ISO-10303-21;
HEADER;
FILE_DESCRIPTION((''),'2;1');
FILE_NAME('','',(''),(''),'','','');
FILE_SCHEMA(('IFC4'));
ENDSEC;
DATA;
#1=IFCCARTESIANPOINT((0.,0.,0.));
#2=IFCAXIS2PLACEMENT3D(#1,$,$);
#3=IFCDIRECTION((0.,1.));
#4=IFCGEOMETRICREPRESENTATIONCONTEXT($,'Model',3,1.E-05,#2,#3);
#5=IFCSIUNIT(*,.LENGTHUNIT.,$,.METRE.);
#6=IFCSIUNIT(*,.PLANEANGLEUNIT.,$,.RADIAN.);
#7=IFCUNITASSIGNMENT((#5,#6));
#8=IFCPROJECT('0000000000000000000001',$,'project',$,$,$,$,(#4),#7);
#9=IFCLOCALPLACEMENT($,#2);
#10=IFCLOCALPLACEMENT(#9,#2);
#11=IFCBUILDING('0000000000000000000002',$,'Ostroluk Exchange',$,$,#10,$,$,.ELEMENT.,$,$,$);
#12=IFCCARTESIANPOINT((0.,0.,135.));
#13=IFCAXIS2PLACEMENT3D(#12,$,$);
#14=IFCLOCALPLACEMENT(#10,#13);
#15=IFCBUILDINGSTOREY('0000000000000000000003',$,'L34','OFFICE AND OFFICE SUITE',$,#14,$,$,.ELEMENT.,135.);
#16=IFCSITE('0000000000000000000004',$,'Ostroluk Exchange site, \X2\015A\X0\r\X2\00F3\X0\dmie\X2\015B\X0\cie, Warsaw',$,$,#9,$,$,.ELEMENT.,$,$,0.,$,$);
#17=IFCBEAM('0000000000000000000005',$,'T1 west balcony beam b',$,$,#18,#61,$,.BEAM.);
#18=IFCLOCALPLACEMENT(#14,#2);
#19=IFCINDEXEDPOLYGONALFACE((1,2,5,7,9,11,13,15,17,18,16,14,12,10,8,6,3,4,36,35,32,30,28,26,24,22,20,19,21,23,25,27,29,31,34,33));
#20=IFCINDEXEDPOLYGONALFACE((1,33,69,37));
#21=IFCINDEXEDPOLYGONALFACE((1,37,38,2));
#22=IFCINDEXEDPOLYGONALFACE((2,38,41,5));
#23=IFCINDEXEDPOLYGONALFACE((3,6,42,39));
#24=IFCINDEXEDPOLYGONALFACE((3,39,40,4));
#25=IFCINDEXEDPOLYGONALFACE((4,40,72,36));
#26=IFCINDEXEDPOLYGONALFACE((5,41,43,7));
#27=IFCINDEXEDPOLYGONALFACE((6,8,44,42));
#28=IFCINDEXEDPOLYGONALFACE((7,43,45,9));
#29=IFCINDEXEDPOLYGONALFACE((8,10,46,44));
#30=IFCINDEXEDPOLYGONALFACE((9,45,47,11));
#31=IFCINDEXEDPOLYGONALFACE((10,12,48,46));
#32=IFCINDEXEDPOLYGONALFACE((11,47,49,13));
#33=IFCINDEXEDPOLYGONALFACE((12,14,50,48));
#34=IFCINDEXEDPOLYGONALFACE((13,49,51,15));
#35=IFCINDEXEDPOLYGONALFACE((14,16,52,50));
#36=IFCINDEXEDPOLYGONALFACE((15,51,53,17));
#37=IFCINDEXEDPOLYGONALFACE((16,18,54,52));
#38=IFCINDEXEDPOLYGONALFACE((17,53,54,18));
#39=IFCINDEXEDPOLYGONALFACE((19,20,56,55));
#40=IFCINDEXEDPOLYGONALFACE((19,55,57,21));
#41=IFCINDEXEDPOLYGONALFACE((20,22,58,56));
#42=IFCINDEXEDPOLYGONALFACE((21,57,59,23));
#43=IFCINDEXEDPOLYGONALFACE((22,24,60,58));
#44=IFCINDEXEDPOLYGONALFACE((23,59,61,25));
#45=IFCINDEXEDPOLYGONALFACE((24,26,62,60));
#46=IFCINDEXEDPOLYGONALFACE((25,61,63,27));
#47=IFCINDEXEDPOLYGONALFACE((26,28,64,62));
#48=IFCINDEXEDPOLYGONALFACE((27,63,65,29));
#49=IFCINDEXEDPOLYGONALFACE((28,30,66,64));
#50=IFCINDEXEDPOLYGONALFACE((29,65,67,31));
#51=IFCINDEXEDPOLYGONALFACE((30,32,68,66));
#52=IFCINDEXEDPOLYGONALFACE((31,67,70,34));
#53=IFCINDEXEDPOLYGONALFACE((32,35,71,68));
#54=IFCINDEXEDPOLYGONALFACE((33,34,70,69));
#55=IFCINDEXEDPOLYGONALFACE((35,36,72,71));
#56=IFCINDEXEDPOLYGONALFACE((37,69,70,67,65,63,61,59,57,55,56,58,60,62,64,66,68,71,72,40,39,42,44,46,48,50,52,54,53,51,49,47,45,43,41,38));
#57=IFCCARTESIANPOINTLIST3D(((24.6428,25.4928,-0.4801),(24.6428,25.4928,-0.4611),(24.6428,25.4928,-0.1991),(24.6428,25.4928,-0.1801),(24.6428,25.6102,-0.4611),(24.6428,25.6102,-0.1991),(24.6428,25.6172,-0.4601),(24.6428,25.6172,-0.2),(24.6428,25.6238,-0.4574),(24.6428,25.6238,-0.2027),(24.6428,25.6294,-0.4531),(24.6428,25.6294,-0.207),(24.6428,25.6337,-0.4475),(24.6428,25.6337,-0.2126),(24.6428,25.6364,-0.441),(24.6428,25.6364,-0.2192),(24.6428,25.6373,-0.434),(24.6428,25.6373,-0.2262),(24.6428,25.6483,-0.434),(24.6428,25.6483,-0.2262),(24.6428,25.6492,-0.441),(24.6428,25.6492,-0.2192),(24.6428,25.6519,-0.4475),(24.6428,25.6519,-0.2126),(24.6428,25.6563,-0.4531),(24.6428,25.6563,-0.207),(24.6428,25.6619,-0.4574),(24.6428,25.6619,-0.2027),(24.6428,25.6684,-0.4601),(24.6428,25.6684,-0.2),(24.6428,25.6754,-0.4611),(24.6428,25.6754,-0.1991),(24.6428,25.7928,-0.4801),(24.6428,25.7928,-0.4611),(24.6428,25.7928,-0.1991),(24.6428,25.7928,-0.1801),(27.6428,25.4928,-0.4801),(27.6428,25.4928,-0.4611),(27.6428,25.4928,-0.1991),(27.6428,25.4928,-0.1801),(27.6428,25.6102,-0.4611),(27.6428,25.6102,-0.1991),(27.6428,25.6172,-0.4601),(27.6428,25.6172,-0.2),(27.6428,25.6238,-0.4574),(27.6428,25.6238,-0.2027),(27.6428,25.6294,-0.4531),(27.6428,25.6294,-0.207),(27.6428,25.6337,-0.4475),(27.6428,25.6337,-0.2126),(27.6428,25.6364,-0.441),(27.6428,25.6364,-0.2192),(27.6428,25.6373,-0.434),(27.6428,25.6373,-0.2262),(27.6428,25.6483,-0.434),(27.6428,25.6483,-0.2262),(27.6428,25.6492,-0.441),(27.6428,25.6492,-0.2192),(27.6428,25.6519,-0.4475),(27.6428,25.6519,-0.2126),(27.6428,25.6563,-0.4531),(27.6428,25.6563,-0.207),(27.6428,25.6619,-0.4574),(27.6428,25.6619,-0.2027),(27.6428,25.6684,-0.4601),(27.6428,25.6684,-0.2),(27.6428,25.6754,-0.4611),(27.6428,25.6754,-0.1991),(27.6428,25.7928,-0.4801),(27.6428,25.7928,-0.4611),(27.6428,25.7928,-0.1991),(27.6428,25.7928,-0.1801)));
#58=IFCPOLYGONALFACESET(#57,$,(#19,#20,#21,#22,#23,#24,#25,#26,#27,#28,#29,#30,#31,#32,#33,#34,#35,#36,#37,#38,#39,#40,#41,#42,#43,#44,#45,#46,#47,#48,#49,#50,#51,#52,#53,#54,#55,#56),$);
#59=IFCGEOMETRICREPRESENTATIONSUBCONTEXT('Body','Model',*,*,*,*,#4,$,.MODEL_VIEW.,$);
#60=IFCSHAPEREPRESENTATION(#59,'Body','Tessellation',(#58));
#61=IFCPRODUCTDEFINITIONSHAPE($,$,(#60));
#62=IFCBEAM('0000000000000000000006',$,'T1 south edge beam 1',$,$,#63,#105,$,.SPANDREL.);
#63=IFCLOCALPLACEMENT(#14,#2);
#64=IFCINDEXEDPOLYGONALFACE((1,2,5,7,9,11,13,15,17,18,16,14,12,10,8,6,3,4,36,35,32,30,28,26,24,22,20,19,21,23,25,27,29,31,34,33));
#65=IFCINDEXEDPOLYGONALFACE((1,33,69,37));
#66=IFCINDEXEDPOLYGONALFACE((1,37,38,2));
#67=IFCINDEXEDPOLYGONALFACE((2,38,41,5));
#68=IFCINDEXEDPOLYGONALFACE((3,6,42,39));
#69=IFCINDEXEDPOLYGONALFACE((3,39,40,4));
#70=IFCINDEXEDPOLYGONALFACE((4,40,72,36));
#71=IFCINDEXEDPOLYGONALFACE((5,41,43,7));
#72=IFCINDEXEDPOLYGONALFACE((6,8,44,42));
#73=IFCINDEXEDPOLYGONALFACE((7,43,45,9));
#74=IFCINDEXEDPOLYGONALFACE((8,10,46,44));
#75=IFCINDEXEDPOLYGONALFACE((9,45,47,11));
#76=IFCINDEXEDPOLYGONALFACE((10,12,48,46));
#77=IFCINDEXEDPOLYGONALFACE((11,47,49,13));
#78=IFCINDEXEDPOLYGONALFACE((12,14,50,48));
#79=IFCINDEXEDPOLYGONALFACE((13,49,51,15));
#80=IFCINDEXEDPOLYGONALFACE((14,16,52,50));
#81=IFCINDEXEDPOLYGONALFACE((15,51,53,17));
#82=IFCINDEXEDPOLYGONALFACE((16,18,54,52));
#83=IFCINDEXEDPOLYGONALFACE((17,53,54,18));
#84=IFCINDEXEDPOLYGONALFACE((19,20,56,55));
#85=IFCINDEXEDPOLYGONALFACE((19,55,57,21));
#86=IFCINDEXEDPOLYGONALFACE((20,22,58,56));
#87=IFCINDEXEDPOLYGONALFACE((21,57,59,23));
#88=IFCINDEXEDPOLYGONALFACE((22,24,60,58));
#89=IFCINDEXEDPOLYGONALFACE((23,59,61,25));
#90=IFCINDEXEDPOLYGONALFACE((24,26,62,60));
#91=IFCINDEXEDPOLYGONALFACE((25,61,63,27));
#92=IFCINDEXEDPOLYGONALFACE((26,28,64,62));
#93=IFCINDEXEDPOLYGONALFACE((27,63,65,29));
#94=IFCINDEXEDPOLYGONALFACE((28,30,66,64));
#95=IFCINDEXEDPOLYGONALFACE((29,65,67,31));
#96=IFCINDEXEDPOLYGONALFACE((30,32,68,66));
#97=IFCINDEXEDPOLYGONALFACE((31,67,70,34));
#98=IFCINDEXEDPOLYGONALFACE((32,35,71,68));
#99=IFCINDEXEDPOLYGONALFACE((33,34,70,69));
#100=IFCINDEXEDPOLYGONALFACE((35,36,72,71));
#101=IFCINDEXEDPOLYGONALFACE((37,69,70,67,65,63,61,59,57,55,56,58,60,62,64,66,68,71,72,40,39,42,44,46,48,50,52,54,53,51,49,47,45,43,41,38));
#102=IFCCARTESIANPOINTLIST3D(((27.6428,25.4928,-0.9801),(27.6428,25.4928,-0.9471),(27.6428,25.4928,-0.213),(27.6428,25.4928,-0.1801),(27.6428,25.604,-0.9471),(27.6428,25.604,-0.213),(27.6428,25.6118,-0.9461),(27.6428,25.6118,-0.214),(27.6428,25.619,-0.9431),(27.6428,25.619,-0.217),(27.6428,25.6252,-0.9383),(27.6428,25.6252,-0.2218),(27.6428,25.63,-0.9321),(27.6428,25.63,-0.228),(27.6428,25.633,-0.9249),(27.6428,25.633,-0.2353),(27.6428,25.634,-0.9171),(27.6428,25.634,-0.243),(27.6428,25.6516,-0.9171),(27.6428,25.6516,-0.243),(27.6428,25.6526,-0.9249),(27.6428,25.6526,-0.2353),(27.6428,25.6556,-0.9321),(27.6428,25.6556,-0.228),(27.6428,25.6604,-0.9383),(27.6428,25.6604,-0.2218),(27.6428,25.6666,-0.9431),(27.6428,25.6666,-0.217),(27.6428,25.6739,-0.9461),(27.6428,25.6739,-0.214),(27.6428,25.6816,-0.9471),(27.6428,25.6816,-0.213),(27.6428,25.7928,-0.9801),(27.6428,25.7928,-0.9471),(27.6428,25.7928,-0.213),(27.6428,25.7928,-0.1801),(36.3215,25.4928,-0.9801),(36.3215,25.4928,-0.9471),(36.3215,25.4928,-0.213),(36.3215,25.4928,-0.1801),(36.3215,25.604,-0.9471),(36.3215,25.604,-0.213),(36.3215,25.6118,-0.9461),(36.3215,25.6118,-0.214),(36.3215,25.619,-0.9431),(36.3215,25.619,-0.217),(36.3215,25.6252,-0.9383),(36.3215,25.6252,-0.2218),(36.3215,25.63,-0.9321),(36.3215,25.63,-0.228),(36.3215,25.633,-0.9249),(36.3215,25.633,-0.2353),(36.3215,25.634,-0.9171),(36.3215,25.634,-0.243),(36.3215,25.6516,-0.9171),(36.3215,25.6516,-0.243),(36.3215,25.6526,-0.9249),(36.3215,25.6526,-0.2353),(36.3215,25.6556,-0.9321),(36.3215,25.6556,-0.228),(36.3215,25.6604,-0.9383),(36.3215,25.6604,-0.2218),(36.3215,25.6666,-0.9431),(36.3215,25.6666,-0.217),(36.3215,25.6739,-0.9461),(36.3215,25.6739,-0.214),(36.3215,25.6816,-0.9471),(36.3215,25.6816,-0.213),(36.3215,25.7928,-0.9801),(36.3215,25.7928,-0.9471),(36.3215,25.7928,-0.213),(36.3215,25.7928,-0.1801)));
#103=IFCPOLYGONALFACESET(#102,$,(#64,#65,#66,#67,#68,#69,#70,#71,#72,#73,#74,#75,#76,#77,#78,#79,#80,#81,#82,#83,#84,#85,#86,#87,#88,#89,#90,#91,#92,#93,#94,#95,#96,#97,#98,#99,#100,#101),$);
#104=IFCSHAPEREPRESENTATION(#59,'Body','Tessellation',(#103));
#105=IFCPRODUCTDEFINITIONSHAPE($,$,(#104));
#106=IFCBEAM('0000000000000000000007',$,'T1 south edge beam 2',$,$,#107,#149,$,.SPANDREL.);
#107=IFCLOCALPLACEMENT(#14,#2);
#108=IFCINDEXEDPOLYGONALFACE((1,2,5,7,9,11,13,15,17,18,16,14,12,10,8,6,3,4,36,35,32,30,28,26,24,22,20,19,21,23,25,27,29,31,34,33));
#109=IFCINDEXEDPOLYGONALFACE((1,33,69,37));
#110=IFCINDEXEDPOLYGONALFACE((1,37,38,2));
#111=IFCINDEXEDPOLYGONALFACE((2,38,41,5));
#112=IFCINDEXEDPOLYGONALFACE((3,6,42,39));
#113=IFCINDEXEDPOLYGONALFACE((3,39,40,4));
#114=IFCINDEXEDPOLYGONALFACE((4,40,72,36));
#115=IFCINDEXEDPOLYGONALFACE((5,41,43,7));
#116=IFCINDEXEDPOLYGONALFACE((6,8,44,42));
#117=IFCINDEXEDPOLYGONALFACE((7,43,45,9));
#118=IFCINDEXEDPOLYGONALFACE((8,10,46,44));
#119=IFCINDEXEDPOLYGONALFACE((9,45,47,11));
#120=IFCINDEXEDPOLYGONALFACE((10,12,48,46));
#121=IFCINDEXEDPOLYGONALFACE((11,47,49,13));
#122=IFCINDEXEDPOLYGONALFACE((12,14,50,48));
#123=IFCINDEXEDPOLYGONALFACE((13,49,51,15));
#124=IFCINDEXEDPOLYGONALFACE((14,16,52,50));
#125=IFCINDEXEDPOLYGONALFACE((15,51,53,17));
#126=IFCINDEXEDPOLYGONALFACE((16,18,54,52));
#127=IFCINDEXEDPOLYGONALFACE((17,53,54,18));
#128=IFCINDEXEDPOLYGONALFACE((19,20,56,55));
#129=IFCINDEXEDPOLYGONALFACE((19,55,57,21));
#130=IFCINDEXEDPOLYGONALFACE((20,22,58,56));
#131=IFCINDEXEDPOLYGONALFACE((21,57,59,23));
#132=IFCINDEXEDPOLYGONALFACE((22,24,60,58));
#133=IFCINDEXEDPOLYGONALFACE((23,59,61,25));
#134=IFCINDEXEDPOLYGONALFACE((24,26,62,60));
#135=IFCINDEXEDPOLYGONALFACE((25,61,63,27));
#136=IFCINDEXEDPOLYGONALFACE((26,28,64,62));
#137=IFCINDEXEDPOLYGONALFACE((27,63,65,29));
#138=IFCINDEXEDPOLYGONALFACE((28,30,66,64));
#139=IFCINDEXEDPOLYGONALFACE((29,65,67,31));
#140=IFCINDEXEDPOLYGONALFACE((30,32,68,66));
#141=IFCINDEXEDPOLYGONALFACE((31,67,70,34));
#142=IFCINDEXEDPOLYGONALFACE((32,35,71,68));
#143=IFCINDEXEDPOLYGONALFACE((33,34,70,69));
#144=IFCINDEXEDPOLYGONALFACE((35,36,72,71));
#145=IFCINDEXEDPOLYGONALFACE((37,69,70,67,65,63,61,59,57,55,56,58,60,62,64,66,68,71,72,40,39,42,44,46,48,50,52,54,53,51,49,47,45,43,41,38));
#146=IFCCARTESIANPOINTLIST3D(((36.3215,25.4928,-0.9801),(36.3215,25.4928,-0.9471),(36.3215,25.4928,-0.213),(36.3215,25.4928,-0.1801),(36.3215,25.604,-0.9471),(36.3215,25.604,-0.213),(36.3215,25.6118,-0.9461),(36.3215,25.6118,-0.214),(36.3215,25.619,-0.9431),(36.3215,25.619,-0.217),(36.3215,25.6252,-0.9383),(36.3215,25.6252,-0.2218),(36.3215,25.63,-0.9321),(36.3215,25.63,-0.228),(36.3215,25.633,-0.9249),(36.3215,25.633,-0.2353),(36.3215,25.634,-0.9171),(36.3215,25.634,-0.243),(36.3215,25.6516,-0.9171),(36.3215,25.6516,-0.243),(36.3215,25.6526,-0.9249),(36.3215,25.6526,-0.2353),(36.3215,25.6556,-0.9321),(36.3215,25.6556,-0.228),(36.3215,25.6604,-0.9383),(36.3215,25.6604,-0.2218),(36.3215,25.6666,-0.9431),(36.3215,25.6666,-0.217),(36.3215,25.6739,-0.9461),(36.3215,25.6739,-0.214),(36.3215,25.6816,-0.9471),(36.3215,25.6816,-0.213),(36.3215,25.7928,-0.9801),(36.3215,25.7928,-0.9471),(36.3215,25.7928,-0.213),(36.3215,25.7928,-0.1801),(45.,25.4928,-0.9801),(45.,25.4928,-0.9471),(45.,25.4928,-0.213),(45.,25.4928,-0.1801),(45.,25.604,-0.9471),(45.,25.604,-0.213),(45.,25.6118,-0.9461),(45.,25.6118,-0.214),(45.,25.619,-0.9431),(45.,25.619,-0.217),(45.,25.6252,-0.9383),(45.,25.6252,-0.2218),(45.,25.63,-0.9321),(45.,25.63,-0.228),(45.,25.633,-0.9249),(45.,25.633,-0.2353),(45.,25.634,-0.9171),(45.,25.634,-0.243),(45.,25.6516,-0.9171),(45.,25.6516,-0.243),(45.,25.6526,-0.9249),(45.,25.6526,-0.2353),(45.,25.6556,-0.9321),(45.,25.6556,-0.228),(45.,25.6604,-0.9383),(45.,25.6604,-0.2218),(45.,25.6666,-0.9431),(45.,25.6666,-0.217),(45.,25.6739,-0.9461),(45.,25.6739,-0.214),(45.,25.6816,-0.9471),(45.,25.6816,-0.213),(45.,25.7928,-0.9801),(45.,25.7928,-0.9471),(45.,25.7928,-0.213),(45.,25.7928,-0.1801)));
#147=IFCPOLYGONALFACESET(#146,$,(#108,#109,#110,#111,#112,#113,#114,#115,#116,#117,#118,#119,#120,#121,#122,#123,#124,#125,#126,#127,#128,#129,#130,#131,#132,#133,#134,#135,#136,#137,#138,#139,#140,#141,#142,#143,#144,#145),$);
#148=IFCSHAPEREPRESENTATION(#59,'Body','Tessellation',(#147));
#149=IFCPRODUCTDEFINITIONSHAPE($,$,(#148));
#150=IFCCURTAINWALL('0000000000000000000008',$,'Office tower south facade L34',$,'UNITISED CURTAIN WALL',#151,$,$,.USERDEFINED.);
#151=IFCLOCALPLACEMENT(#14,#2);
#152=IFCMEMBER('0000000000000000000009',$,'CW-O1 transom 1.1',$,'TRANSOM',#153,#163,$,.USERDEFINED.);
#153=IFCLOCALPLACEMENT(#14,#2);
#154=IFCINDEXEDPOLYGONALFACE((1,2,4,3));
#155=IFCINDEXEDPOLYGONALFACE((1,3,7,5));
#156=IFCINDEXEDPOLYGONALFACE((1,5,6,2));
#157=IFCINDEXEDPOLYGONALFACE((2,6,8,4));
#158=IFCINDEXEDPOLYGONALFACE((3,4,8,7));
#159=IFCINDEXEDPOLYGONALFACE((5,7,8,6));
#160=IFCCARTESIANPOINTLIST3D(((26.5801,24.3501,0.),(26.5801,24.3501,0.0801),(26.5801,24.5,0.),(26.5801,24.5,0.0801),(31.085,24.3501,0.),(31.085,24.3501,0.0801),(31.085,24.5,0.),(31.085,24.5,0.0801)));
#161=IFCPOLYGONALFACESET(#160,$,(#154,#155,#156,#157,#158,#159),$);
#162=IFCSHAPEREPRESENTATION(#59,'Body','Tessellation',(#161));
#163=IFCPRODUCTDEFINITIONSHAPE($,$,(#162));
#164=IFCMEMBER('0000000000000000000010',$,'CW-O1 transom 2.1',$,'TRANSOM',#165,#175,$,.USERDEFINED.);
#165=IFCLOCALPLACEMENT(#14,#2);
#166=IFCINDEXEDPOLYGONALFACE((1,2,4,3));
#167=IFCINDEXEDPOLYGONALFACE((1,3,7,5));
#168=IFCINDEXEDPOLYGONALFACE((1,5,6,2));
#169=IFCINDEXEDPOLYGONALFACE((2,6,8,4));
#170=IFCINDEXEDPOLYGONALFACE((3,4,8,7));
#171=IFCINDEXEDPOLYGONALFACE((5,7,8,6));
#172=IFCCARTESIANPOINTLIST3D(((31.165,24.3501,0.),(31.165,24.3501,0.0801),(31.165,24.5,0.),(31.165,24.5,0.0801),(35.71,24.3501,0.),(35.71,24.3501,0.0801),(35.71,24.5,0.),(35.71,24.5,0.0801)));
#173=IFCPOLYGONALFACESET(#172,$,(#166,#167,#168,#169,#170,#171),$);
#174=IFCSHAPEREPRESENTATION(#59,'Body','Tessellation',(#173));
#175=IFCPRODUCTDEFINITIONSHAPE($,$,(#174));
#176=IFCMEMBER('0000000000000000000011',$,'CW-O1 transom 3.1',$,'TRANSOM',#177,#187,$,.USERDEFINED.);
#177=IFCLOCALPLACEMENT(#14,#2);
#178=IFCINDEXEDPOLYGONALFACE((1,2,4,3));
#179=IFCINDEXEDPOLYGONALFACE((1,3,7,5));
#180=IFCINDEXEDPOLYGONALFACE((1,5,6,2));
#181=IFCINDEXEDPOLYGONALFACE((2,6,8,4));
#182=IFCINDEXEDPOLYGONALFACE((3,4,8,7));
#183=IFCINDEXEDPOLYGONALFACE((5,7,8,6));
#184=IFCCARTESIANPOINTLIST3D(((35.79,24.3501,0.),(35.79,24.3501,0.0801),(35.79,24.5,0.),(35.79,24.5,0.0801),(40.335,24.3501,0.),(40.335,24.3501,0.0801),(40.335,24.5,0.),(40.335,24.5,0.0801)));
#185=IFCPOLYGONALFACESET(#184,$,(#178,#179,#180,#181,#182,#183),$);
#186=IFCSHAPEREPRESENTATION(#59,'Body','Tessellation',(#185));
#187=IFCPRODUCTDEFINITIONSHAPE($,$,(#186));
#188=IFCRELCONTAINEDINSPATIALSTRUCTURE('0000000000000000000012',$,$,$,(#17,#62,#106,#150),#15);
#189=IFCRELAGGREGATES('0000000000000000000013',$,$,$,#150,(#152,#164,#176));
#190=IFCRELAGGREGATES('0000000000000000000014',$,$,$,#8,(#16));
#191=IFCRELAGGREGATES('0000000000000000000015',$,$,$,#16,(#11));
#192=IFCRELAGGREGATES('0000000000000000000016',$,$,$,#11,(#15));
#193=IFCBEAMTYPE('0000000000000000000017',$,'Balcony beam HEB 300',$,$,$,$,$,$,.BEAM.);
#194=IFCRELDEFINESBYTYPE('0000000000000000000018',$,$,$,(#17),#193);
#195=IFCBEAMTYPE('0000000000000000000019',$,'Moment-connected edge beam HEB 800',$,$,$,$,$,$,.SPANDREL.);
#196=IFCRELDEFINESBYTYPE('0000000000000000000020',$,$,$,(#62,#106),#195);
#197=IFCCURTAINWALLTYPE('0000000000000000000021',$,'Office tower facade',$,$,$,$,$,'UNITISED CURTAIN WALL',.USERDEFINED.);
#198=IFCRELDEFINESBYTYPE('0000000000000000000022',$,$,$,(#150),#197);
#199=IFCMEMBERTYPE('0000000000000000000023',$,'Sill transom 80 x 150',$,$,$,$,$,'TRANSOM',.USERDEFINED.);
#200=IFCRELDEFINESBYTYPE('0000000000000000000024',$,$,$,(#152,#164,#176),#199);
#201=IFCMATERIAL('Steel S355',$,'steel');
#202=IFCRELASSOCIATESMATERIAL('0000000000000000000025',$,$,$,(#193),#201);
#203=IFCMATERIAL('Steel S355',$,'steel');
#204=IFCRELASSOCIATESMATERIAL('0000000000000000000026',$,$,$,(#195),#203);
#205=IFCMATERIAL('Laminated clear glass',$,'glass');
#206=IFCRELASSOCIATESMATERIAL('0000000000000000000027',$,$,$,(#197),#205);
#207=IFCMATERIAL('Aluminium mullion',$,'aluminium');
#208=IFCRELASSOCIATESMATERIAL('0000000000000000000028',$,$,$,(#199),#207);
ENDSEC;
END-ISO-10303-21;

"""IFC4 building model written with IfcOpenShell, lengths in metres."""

from ifc_helpers import new_model, si_unit, direction, frame, origin, origin_2d, place, context, subcontext, project, spatial, rectangle, i_section, extrude, material, material_profile, profile_set, type_object, element, aggregate, save


model = new_model("IFC4")

# Units and contexts
model_context = context("Model", 3, precision=1e-05, world=origin(), true_north=direction((0.0, 1.0)))
body_context = subcontext(model_context, "Body", "Model", "MODEL_VIEW")
ifc_project = project(units=[si_unit("LENGTHUNIT", "METRE"), si_unit("PLANEANGLEUNIT", "RADIAN")], contexts=[model_context])

# Site, building, storey
site_placement = place(None, origin())
site = spatial("IfcSite", under=ifc_project, at=site_placement, Name="Ostroluk Exchange site, Śródmieście, Warsaw", CompositionType="ELEMENT", RefElevation=0.0)
building_placement = place(site_placement, origin())
building = spatial("IfcBuilding", under=site, at=building_placement, Name="Ostroluk Exchange", CompositionType="ELEMENT")
storey_placement = place(building_placement, frame((0.0, 0.0, 135.0)))
storey = spatial("IfcBuildingStorey", under=building, at=storey_placement, Name="L34", Description="OFFICE AND OFFICE SUITE", CompositionType="ELEMENT", Elevation=135.0)

# Beams
ifc_material_1 = material(Name="Steel S355", Category="steel")
ifc_material_profile_1 = material_profile(ifc_material_1, i_section(OverallWidth=0.3, OverallDepth=0.3, WebThickness=0.011, FlangeThickness=0.019, FilletRadius=0.0271, at=origin_2d()), Name="HEB 300")
ifc_profile_set_1 = profile_set([ifc_material_profile_1], Name="Steel S355")
beam_type_1 = type_object("IfcBeamType", Name="Balcony beam HEB 300", PredefinedType="BEAM", material=ifc_profile_set_1)
beam_1_placement = place(storey_placement, frame((27.6428, 25.6428, -0.3301), z_axis=(-1.0, 0.0, 0.0), x_axis=(0.0, -1.0, 0.0)))
element("IfcBeam", 1, at=beam_1_placement, inside=storey, type_object=beam_type_1, Name="T1 west balcony beam b", PredefinedType="BEAM", context=body_context, shape_type="SweptSolid", body=[
    extrude(i_section(OverallWidth=0.3, OverallDepth=0.3, WebThickness=0.011, FlangeThickness=0.019, FilletRadius=0.0271, at=origin_2d()), origin(), (0.0, 0.0, 1.0), 3.0),
])
ifc_material_2 = material(Name="Steel S355", Category="steel")
ifc_material_profile_2 = material_profile(ifc_material_2, i_section(OverallWidth=0.3, OverallDepth=0.8, WebThickness=0.0176, FlangeThickness=0.033, FilletRadius=0.03, at=origin_2d()), Name="HEB 800")
ifc_profile_set_2 = profile_set([ifc_material_profile_2], Name="Steel S355")
beam_type_2 = type_object("IfcBeamType", Name="Moment-connected edge beam HEB 800", PredefinedType="SPANDREL", material=ifc_profile_set_2)
beam_2_placement = place(storey_placement, frame((27.6428, 25.6428, -0.5801), z_axis=(1.0, 0.0, 0.0), x_axis=(0.0, 1.0, 0.0)))
element("IfcBeam", 2, at=beam_2_placement, inside=storey, type_object=beam_type_2, Name="T1 south edge beam 1", PredefinedType="SPANDREL", context=body_context, shape_type="SweptSolid", body=[
    extrude(i_section(OverallWidth=0.3, OverallDepth=0.8, WebThickness=0.0176, FlangeThickness=0.033, FilletRadius=0.03, at=origin_2d()), origin(), (0.0, 0.0, 1.0), 8.6787),
])
beam_3_placement = place(storey_placement, frame((36.3215, 25.6428, -0.5801), z_axis=(1.0, 0.0, 0.0), x_axis=(0.0, 1.0, 0.0)))
element("IfcBeam", 3, at=beam_3_placement, inside=storey, type_object=beam_type_2, Name="T1 south edge beam 2", PredefinedType="SPANDREL", context=body_context, shape_type="SweptSolid", body=[
    extrude(i_section(OverallWidth=0.3, OverallDepth=0.8, WebThickness=0.0176, FlangeThickness=0.033, FilletRadius=0.03, at=origin_2d()), origin(), (0.0, 0.0, 1.0), 8.6785),
])

# Curtain wall, members
ifc_material_3 = material(Name="Laminated clear glass", Category="glass")
curtain_wall_type = type_object("IfcCurtainWallType", Name="Office tower facade", ElementType="UNITISED CURTAIN WALL", PredefinedType="USERDEFINED", material=ifc_material_3)
curtain_wall_placement = place(storey_placement, origin())
curtain_wall = element("IfcCurtainWall", 4, at=curtain_wall_placement, inside=storey, type_object=curtain_wall_type, Name="Office tower south facade L34", ObjectType="UNITISED CURTAIN WALL", PredefinedType="USERDEFINED")
ifc_material_4 = material(Name="Aluminium mullion", Category="aluminium")
ifc_material_profile_3 = material_profile(ifc_material_4, rectangle(XDim=0.1499, YDim=0.0801, at=origin_2d()), Name="Sill transom 80 x 150")
ifc_profile_set_3 = profile_set([ifc_material_profile_3], Name="Aluminium mullion")
member_type_1 = type_object("IfcMemberType", Name="Sill transom 80 x 150", ElementType="TRANSOM", PredefinedType="USERDEFINED", material=ifc_profile_set_3)
member_1_placement = place(storey_placement, frame((26.5801, 24.425, 0.04), z_axis=(1.0, 0.0, 0.0), x_axis=(0.0, 1.0, 0.0)))
member_1 = element("IfcMember", 5, at=member_1_placement, type_object=member_type_1, Name="CW-O1 transom 1.1", ObjectType="TRANSOM", PredefinedType="USERDEFINED", context=body_context, shape_type="SweptSolid", body=[
    extrude(rectangle(XDim=0.1499, YDim=0.0801, at=origin_2d()), origin(), (0.0, 0.0, 1.0), 4.5049),
])
member_2_placement = place(storey_placement, frame((31.165, 24.425, 0.04), z_axis=(1.0, 0.0, 0.0), x_axis=(0.0, 1.0, 0.0)))
member_2 = element("IfcMember", 6, at=member_2_placement, type_object=member_type_1, Name="CW-O1 transom 2.1", ObjectType="TRANSOM", PredefinedType="USERDEFINED", context=body_context, shape_type="SweptSolid", body=[
    extrude(rectangle(XDim=0.1499, YDim=0.0801, at=origin_2d()), origin(), (0.0, 0.0, 1.0), 4.5449),
])
member_3_placement = place(storey_placement, frame((35.79, 24.425, 0.04), z_axis=(1.0, 0.0, 0.0), x_axis=(0.0, 1.0, 0.0)))
member_3 = element("IfcMember", 7, at=member_3_placement, type_object=member_type_1, Name="CW-O1 transom 3.1", ObjectType="TRANSOM", PredefinedType="USERDEFINED", context=body_context, shape_type="SweptSolid", body=[
    extrude(rectangle(XDim=0.1499, YDim=0.0801, at=origin_2d()), origin(), (0.0, 0.0, 1.0), 4.5449),
])
aggregate(curtain_wall, [member_1, member_2, member_3])

save(model, "model.ifc")
